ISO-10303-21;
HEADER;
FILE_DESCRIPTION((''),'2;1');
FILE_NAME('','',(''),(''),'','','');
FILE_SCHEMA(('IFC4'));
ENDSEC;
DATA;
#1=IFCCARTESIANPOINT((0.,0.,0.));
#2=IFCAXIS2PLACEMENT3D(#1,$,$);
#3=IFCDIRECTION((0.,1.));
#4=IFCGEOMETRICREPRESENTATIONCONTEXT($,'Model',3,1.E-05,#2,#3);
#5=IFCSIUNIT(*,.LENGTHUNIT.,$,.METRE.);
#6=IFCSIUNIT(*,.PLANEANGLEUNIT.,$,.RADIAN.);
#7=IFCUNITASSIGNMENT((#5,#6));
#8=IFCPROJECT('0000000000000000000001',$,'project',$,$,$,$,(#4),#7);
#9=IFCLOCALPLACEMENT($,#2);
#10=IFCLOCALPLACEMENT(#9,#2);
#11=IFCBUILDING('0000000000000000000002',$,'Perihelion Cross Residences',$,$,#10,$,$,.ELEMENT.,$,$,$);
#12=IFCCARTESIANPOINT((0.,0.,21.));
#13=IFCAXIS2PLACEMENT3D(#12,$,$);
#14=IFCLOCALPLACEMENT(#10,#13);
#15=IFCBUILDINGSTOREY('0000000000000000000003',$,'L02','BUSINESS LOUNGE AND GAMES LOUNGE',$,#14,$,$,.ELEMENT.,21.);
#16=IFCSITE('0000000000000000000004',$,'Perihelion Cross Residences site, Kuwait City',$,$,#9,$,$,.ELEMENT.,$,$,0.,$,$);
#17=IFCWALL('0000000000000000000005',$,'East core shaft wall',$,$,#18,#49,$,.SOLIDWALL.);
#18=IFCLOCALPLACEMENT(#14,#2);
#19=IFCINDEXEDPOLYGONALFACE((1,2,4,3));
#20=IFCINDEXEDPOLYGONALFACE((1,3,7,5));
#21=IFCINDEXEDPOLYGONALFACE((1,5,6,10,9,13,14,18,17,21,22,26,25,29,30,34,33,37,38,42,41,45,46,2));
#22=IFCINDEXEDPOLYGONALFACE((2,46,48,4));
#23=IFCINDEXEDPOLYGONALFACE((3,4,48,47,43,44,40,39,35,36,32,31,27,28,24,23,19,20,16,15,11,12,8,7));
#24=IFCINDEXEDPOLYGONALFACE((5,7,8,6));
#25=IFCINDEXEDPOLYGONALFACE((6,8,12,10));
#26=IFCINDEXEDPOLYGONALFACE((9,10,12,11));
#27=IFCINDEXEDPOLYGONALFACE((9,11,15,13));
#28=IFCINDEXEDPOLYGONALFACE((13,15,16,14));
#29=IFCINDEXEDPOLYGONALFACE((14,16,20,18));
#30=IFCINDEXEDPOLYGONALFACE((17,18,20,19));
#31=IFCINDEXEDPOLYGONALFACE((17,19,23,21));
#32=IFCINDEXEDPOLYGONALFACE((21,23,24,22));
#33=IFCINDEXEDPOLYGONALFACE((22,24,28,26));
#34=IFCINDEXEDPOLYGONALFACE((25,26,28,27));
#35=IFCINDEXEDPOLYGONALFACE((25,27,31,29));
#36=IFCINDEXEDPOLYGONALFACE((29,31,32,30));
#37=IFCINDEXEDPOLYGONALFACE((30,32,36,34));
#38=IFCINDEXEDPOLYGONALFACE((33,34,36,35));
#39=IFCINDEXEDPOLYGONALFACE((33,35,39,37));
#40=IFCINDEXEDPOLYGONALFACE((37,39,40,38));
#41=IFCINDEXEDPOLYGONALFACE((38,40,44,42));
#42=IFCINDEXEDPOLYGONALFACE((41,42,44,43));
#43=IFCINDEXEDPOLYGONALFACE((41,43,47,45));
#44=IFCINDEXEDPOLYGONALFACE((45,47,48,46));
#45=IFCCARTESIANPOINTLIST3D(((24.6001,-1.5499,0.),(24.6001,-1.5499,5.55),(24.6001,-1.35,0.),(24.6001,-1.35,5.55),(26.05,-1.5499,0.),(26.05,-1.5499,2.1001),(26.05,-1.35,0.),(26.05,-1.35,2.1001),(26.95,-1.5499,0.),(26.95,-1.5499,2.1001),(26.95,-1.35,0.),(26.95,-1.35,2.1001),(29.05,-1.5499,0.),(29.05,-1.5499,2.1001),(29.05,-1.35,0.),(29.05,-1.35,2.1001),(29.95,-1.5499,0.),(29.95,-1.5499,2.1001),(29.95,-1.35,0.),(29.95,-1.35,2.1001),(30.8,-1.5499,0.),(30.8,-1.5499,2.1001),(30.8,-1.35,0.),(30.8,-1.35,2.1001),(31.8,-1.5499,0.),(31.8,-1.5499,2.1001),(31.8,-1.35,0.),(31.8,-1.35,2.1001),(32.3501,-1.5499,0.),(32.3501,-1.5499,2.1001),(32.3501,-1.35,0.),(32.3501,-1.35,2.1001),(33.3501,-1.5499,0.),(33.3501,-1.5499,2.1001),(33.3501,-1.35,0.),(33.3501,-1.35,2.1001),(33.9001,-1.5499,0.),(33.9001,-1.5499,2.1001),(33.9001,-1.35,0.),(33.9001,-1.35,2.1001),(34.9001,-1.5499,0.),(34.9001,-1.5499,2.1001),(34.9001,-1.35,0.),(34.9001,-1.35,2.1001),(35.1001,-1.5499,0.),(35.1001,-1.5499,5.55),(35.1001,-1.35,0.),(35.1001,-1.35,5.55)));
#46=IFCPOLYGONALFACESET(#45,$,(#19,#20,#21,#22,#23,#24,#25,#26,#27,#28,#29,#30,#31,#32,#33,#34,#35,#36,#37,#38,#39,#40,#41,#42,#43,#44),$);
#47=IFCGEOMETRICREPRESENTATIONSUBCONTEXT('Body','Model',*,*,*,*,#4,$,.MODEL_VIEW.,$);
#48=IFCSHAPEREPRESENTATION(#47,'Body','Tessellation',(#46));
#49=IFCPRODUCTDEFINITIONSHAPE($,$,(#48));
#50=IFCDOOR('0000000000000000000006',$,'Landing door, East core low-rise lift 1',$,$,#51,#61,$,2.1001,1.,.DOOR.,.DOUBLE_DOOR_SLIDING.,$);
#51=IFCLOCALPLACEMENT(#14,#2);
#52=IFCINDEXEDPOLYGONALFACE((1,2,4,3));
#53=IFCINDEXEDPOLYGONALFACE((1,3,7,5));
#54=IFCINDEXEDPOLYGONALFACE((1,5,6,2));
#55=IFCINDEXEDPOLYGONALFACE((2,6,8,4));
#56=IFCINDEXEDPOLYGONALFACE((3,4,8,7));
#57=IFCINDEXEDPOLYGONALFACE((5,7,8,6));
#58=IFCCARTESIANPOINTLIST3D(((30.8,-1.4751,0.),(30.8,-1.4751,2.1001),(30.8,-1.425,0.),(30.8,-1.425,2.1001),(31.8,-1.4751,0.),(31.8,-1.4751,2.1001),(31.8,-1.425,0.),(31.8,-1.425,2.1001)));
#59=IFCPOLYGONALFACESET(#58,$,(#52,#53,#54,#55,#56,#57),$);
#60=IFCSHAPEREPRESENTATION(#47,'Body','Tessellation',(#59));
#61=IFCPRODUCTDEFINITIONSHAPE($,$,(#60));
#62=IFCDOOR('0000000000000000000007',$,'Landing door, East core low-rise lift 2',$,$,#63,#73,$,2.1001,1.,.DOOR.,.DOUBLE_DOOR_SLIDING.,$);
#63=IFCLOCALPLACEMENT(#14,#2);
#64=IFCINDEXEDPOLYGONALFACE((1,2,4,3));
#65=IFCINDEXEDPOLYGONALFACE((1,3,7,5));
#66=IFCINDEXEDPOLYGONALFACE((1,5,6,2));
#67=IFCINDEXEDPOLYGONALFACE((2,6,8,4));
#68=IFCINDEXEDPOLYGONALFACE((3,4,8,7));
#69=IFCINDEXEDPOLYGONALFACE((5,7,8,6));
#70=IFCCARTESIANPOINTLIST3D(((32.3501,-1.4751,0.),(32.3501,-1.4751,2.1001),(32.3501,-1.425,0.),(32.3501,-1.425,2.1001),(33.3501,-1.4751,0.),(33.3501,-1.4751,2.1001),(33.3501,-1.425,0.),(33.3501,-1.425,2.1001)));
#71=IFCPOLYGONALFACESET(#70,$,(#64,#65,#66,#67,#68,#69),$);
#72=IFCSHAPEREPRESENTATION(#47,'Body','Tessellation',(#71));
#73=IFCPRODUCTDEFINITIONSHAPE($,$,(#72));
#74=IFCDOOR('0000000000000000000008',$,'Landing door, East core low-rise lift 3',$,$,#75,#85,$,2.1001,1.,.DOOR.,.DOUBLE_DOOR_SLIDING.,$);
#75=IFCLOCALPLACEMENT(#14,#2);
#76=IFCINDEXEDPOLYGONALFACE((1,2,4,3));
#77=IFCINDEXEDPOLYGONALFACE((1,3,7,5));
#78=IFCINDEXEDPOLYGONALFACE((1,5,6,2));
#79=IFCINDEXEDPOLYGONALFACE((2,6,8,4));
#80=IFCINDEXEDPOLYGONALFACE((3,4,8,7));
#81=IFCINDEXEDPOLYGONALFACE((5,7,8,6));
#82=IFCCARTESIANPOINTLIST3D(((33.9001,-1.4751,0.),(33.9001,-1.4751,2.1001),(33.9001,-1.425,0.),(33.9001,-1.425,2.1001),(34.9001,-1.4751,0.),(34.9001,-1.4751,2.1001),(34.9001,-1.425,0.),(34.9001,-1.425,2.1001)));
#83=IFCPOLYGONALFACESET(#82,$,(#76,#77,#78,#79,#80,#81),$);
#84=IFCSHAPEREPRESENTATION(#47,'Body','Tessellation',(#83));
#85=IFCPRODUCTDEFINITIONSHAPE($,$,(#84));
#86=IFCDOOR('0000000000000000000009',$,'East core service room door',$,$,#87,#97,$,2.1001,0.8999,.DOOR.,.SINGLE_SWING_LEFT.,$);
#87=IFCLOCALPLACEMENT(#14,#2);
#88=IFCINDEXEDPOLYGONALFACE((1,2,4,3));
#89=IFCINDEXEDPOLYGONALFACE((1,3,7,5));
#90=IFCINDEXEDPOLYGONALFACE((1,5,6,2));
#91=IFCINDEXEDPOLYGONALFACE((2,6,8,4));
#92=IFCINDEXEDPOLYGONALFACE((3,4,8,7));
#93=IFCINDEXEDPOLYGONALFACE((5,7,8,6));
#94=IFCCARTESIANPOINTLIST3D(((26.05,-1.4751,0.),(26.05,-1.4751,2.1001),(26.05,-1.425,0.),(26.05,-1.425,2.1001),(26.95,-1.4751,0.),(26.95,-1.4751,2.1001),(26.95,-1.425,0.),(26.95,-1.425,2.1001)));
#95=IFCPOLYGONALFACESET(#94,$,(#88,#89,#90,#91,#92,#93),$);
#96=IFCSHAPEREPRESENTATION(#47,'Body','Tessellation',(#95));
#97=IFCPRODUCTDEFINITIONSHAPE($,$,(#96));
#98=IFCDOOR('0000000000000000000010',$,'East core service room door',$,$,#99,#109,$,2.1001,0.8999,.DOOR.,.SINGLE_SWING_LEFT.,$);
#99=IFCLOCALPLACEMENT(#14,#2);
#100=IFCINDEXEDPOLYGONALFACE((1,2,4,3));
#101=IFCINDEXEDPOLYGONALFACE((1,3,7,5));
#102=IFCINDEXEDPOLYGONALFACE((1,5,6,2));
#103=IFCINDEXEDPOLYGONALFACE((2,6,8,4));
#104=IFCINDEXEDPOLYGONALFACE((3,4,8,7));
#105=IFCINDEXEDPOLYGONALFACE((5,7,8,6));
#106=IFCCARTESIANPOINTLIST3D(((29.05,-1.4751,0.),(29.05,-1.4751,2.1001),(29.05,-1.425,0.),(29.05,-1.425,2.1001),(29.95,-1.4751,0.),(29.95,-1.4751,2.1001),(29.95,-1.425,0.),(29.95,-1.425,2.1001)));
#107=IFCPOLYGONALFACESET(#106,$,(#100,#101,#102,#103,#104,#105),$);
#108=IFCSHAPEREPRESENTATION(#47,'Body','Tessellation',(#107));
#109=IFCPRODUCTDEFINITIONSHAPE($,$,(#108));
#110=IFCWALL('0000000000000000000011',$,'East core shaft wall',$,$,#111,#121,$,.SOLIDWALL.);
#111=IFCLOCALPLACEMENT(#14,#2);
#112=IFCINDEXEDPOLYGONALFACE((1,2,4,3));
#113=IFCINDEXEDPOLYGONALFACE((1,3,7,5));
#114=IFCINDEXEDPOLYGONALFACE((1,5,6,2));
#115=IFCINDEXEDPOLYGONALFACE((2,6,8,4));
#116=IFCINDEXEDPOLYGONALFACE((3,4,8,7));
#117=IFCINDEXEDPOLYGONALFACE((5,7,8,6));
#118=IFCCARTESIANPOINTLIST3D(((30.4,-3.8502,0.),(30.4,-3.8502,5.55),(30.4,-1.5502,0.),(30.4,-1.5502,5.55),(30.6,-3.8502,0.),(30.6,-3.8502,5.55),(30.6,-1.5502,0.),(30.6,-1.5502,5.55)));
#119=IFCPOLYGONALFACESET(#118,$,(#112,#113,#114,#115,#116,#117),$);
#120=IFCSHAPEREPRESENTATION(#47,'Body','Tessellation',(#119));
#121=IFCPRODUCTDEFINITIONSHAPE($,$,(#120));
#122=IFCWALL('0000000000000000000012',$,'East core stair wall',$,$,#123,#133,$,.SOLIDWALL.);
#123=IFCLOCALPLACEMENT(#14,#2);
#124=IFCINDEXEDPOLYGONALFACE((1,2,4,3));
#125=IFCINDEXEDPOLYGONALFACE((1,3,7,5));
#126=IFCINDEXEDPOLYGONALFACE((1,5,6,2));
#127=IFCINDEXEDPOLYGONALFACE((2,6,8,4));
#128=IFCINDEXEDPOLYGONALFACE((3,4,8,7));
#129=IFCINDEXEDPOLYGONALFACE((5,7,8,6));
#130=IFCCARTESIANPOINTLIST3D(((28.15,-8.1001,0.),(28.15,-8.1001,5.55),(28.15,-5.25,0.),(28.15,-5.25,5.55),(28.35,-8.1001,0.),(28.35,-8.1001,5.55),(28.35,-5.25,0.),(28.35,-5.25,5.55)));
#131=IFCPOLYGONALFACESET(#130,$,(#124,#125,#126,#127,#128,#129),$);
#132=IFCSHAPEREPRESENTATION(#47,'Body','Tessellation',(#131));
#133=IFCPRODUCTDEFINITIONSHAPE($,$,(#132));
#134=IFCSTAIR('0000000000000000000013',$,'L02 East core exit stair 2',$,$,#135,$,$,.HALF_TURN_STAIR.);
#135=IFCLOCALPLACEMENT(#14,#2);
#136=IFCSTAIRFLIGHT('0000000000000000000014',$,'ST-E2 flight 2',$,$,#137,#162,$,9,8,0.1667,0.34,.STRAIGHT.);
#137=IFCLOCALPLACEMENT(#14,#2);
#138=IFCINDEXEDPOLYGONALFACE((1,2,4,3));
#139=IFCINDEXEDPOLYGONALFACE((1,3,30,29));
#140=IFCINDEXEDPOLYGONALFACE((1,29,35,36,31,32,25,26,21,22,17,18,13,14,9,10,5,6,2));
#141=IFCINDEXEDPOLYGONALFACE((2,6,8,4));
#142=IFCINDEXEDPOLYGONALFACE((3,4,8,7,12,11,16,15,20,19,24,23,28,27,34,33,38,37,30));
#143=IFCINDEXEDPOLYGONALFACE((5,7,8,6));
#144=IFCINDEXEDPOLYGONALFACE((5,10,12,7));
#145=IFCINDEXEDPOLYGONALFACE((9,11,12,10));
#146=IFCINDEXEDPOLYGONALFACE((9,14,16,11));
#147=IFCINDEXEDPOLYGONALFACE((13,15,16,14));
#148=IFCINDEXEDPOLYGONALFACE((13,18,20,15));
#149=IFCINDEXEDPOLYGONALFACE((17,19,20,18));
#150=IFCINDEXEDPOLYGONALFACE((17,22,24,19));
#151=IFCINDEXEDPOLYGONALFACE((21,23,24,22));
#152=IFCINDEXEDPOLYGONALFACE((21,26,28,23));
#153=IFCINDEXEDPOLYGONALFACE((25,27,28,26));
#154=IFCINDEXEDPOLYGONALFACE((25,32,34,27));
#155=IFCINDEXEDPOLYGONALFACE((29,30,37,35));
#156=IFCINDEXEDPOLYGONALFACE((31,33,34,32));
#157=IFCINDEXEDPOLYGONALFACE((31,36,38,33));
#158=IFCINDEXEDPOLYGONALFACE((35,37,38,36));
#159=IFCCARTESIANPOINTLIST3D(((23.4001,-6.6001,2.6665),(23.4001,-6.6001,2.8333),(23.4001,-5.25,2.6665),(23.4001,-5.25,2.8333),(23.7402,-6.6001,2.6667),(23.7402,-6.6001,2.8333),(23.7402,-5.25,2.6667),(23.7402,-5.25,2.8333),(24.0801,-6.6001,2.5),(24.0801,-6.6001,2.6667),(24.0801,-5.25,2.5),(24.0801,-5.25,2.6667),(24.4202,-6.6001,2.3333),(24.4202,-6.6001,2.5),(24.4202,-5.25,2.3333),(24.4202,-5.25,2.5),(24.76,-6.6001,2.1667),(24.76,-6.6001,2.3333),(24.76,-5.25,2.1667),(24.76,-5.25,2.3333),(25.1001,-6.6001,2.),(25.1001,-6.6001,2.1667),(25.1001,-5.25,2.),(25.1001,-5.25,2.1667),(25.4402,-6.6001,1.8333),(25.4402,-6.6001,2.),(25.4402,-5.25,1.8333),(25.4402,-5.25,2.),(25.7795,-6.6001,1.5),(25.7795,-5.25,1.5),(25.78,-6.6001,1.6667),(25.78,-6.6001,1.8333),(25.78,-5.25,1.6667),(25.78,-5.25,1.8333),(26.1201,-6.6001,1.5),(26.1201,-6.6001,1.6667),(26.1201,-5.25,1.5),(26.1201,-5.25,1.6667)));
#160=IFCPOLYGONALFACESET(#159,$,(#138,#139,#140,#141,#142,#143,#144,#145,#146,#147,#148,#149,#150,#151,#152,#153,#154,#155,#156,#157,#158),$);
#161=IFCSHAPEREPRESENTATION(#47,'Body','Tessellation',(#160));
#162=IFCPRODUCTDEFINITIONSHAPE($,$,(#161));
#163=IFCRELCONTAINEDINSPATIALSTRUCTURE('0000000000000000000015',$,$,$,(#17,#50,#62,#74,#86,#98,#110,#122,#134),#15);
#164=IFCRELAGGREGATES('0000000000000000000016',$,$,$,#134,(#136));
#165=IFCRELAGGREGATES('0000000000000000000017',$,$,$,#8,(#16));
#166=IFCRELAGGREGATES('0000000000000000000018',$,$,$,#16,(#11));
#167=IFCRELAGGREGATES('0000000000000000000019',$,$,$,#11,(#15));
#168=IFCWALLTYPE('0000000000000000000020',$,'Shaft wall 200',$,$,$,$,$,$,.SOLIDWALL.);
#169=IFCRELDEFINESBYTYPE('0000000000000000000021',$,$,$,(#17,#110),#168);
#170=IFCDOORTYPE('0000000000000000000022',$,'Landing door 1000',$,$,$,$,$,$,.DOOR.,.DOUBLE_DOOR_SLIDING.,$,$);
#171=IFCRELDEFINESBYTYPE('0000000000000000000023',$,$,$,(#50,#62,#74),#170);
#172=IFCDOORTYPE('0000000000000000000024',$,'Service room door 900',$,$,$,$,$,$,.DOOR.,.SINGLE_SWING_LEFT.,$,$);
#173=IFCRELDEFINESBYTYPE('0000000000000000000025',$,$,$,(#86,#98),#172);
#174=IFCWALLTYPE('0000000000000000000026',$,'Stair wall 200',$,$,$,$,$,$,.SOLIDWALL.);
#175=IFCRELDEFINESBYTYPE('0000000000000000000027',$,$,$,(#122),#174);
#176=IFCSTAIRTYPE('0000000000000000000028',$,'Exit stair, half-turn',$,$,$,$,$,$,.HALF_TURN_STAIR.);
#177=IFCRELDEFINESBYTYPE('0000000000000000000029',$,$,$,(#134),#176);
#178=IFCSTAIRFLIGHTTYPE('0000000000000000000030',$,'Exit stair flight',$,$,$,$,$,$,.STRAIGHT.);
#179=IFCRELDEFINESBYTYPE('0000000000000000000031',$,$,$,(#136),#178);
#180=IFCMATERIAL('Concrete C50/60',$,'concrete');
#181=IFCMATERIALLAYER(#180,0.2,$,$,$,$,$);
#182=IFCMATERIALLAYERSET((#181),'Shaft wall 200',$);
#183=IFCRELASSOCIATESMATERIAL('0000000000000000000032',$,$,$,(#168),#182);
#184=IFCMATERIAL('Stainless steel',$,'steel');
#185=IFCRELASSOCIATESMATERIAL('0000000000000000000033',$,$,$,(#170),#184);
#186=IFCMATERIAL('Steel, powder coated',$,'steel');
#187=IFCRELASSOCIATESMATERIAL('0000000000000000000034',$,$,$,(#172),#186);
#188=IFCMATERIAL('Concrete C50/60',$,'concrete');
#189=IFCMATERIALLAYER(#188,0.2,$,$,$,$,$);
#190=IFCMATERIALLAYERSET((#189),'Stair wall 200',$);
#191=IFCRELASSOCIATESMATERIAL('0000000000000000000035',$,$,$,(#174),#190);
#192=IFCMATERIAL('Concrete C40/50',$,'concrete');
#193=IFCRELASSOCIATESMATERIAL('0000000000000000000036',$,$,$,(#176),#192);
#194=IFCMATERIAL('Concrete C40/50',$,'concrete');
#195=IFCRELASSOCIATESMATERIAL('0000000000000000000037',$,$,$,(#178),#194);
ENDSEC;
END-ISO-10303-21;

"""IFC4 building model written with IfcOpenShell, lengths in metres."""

from ifc_helpers import new_model, si_unit, direction, frame, frame_2d, origin, place, context, subcontext, project, spatial, polyline, rectangle, outline, extrude, material, layer, layer_set, type_object, element, fill, aggregate, save


model = new_model("IFC4")

# Units and contexts
model_context = context("Model", 3, precision=1e-05, world=origin(), true_north=direction((0.0, 1.0)))
body_context = subcontext(model_context, "Body", "Model", "MODEL_VIEW")
ifc_project = project(units=[si_unit("LENGTHUNIT", "METRE"), si_unit("PLANEANGLEUNIT", "RADIAN")], contexts=[model_context])

# Site, building, storey
site_placement = place(None, origin())
site = spatial("IfcSite", under=ifc_project, at=site_placement, Name="Perihelion Cross Residences site, Kuwait City", CompositionType="ELEMENT", RefElevation=0.0)
building_placement = place(site_placement, origin())
building = spatial("IfcBuilding", under=site, at=building_placement, Name="Perihelion Cross Residences", CompositionType="ELEMENT")
storey_placement = place(building_placement, frame((0.0, 0.0, 21.0)))
storey = spatial("IfcBuildingStorey", under=building, at=storey_placement, Name="L02", Description="BUSINESS LOUNGE AND GAMES LOUNGE", CompositionType="ELEMENT", Elevation=21.0)

# Wall, openings, doors
ifc_material_1 = material(Name="Concrete C50/60", Category="concrete")
ifc_layer_1 = layer(ifc_material_1, 0.2)
ifc_layer_set_1 = layer_set([ifc_layer_1], Name="Shaft wall 200")
wall_type_1 = type_object("IfcWallType", Name="Shaft wall 200", PredefinedType="SOLIDWALL", material=ifc_layer_set_1)
wall_1_placement = place(storey_placement, frame((24.6001, -1.45, 0.0), z_axis=(0.0, 0.0, 1.0), x_axis=(1.0, 0.0, 0.0)))
wall_1 = element("IfcWall", 1, at=wall_1_placement, inside=storey, type_object=wall_type_1, Name="East core shaft wall", PredefinedType="SOLIDWALL", context=body_context, shape_type="SweptSolid", body=[
    extrude(rectangle(XDim=10.5, YDim=0.2, at=frame_2d((5.25, 0.0))), origin(), (0.0, 0.0, 1.0), 5.55),
])
opening_1_placement = place(wall_1_placement, frame((6.2, 0.0, 0.0)))
opening_1 = element("IfcOpeningElement", 2, at=opening_1_placement, cuts=wall_1, PredefinedType="OPENING", context=body_context, shape_type="SweptSolid", body=[
    extrude(rectangle(XDim=1.0, YDim=2.1001, at=frame_2d((0.5, 1.05))), frame((0.0, 0.1099, 0.0), z_axis=(0.0, -1.0, 0.0), x_axis=(1.0, 0.0, 0.0)), (0.0, 0.0, 1.0), 0.22),
])
opening_2_placement = place(wall_1_placement, frame((7.75, 0.0, 0.0)))
opening_2 = element("IfcOpeningElement", 3, at=opening_2_placement, cuts=wall_1, PredefinedType="OPENING", context=body_context, shape_type="SweptSolid", body=[
    extrude(rectangle(XDim=1.0, YDim=2.1001, at=frame_2d((0.5, 1.05))), frame((0.0, 0.1099, 0.0), z_axis=(0.0, -1.0, 0.0), x_axis=(1.0, 0.0, 0.0)), (0.0, 0.0, 1.0), 0.22),
])
opening_3_placement = place(wall_1_placement, frame((9.3, 0.0, 0.0)))
opening_3 = element("IfcOpeningElement", 4, at=opening_3_placement, cuts=wall_1, PredefinedType="OPENING", context=body_context, shape_type="SweptSolid", body=[
    extrude(rectangle(XDim=1.0, YDim=2.1001, at=frame_2d((0.5, 1.05))), frame((0.0, 0.1099, 0.0), z_axis=(0.0, -1.0, 0.0), x_axis=(1.0, 0.0, 0.0)), (0.0, 0.0, 1.0), 0.22),
])
opening_4_placement = place(wall_1_placement, frame((1.45, 0.0, 0.0)))
opening_4 = element("IfcOpeningElement", 5, at=opening_4_placement, cuts=wall_1, PredefinedType="OPENING", context=body_context, shape_type="SweptSolid", body=[
    extrude(rectangle(XDim=0.8999, YDim=2.1001, at=frame_2d((0.45, 1.05))), frame((0.0, 0.1099, 0.0), z_axis=(0.0, -1.0, 0.0), x_axis=(1.0, 0.0, 0.0)), (0.0, 0.0, 1.0), 0.22),
])
opening_5_placement = place(wall_1_placement, frame((4.45, 0.0, 0.0)))
opening_5 = element("IfcOpeningElement", 6, at=opening_5_placement, cuts=wall_1, PredefinedType="OPENING", context=body_context, shape_type="SweptSolid", body=[
    extrude(rectangle(XDim=0.8999, YDim=2.1001, at=frame_2d((0.45, 1.05))), frame((0.0, 0.1099, 0.0), z_axis=(0.0, -1.0, 0.0), x_axis=(1.0, 0.0, 0.0)), (0.0, 0.0, 1.0), 0.22),
])
ifc_material_2 = material(Name="Stainless steel", Category="steel")
door_type_1 = type_object("IfcDoorType", Name="Landing door 1000", OperationType="DOUBLE_DOOR_SLIDING", PredefinedType="DOOR", material=ifc_material_2)
door_1_placement = place(opening_1_placement, origin())
door_1 = element("IfcDoor", 7, at=door_1_placement, inside=storey, type_object=door_type_1, Name="Landing door, East core low-rise lift 1", OperationType="DOUBLE_DOOR_SLIDING", OverallHeight=2.1001, OverallWidth=1.0, PredefinedType="DOOR", context=body_context, shape_type="SweptSolid", body=[
    extrude(rectangle(XDim=1.0, YDim=2.1001, at=frame_2d((0.5, 1.05))), frame((0.0, 0.0249, 0.0), z_axis=(0.0, -1.0, 0.0), x_axis=(1.0, 0.0, 0.0)), (0.0, 0.0, 1.0), 0.05),
])
fill(opening_1, door_1)
door_2_placement = place(opening_2_placement, origin())
door_2 = element("IfcDoor", 8, at=door_2_placement, inside=storey, type_object=door_type_1, Name="Landing door, East core low-rise lift 2", OperationType="DOUBLE_DOOR_SLIDING", OverallHeight=2.1001, OverallWidth=1.0, PredefinedType="DOOR", context=body_context, shape_type="SweptSolid", body=[
    extrude(rectangle(XDim=1.0, YDim=2.1001, at=frame_2d((0.5, 1.05))), frame((0.0, 0.0249, 0.0), z_axis=(0.0, -1.0, 0.0), x_axis=(1.0, 0.0, 0.0)), (0.0, 0.0, 1.0), 0.05),
])
fill(opening_2, door_2)
door_3_placement = place(opening_3_placement, origin())
door_3 = element("IfcDoor", 9, at=door_3_placement, inside=storey, type_object=door_type_1, Name="Landing door, East core low-rise lift 3", OperationType="DOUBLE_DOOR_SLIDING", OverallHeight=2.1001, OverallWidth=1.0, PredefinedType="DOOR", context=body_context, shape_type="SweptSolid", body=[
    extrude(rectangle(XDim=1.0, YDim=2.1001, at=frame_2d((0.5, 1.05))), frame((0.0, 0.0249, 0.0), z_axis=(0.0, -1.0, 0.0), x_axis=(1.0, 0.0, 0.0)), (0.0, 0.0, 1.0), 0.05),
])
fill(opening_3, door_3)
ifc_material_3 = material(Name="Steel, powder coated", Category="steel")
door_type_2 = type_object("IfcDoorType", Name="Service room door 900", OperationType="SINGLE_SWING_LEFT", PredefinedType="DOOR", material=ifc_material_3)
door_4_placement = place(opening_4_placement, origin())
door_4 = element("IfcDoor", 10, at=door_4_placement, inside=storey, type_object=door_type_2, Name="East core service room door", OperationType="SINGLE_SWING_LEFT", OverallHeight=2.1001, OverallWidth=0.8999, PredefinedType="DOOR", context=body_context, shape_type="SweptSolid", body=[
    extrude(rectangle(XDim=0.8999, YDim=2.1001, at=frame_2d((0.45, 1.05))), frame((0.0, 0.0249, 0.0), z_axis=(0.0, -1.0, 0.0), x_axis=(1.0, 0.0, 0.0)), (0.0, 0.0, 1.0), 0.05),
])
fill(opening_4, door_4)
door_5_placement = place(opening_5_placement, origin())
door_5 = element("IfcDoor", 11, at=door_5_placement, inside=storey, type_object=door_type_2, Name="East core service room door", OperationType="SINGLE_SWING_LEFT", OverallHeight=2.1001, OverallWidth=0.8999, PredefinedType="DOOR", context=body_context, shape_type="SweptSolid", body=[
    extrude(rectangle(XDim=0.8999, YDim=2.1001, at=frame_2d((0.45, 1.05))), frame((0.0, 0.0249, 0.0), z_axis=(0.0, -1.0, 0.0), x_axis=(1.0, 0.0, 0.0)), (0.0, 0.0, 1.0), 0.05),
])
fill(opening_5, door_5)

# Walls
wall_2_placement = place(storey_placement, frame((30.5, -3.8501, 0.0), z_axis=(0.0, 0.0, 1.0), x_axis=(0.0, 1.0, 0.0)))
element("IfcWall", 12, at=wall_2_placement, inside=storey, type_object=wall_type_1, Name="East core shaft wall", PredefinedType="SOLIDWALL", context=body_context, shape_type="SweptSolid", body=[
    extrude(rectangle(XDim=2.3, YDim=0.2, at=frame_2d((1.1499, 0.0))), origin(), (0.0, 0.0, 1.0), 5.55),
])
ifc_material_4 = material(Name="Concrete C50/60", Category="concrete")
ifc_layer_2 = layer(ifc_material_4, 0.2)
ifc_layer_set_2 = layer_set([ifc_layer_2], Name="Stair wall 200")
wall_type_2 = type_object("IfcWallType", Name="Stair wall 200", PredefinedType="SOLIDWALL", material=ifc_layer_set_2)
wall_3_placement = place(storey_placement, frame((28.25, -8.1001, 0.0), z_axis=(0.0, 0.0, 1.0), x_axis=(0.0, 1.0, 0.0)))
element("IfcWall", 13, at=wall_3_placement, inside=storey, type_object=wall_type_2, Name="East core stair wall", PredefinedType="SOLIDWALL", context=body_context, shape_type="SweptSolid", body=[
    extrude(rectangle(XDim=2.8501, YDim=0.2, at=frame_2d((1.425, 0.0))), origin(), (0.0, 0.0, 1.0), 5.55),
])

# Stair, stair flight
ifc_material_5 = material(Name="Concrete C40/50", Category="concrete")
stair_type = type_object("IfcStairType", Name="Exit stair, half-turn", PredefinedType="HALF_TURN_STAIR", material=ifc_material_5)
stair_placement = place(storey_placement, origin())
stair = element("IfcStair", 14, at=stair_placement, inside=storey, type_object=stair_type, Name="L02 East core exit stair 2", PredefinedType="HALF_TURN_STAIR")
ifc_material_6 = material(Name="Concrete C40/50", Category="concrete")
stair_flight_type = type_object("IfcStairFlightType", Name="Exit stair flight", PredefinedType="STRAIGHT", material=ifc_material_6)
stair_flight_1_placement = place(storey_placement, frame((26.1201, -5.925, 1.5), z_axis=(0.0, 0.0, 1.0), x_axis=(-1.0, 0.0, 0.0)))
stair_flight_1 = element("IfcStairFlight", 15, at=stair_flight_1_placement, type_object=stair_flight_type, Name="ST-E2 flight 2", NumberOfRisers=9, NumberOfTreads=8, PredefinedType="STRAIGHT", RiserHeight=0.1667, TreadLength=0.34, context=body_context, shape_type="SweptSolid", body=[
    extrude(outline(polyline([(0.0, 0.0), (0.0, 0.1667), (0.3401, 0.1667), (0.3401, 0.3333), (0.6799, 0.3333), (0.6799, 0.5), (1.02, 0.5), (1.02, 0.6667), (1.3601, 0.6667), (1.3601, 0.8333), (1.7, 0.8333), (1.7, 1.0), (2.04, 1.0), (2.04, 1.1667), (2.3799, 1.1667), (2.3799, 1.3333), (2.72, 1.3333), (2.72, 1.5), (2.72, 1.1665), (0.3406, 0.0), (0.0, 0.0)])), frame((0.0, 0.675, 0.0), z_axis=(0.0, -1.0, 0.0), x_axis=(1.0, 0.0, 0.0)), (0.0, 0.0, 1.0), 1.3501),
])
aggregate(stair, [stair_flight_1])

save(model, "model.ifc")
